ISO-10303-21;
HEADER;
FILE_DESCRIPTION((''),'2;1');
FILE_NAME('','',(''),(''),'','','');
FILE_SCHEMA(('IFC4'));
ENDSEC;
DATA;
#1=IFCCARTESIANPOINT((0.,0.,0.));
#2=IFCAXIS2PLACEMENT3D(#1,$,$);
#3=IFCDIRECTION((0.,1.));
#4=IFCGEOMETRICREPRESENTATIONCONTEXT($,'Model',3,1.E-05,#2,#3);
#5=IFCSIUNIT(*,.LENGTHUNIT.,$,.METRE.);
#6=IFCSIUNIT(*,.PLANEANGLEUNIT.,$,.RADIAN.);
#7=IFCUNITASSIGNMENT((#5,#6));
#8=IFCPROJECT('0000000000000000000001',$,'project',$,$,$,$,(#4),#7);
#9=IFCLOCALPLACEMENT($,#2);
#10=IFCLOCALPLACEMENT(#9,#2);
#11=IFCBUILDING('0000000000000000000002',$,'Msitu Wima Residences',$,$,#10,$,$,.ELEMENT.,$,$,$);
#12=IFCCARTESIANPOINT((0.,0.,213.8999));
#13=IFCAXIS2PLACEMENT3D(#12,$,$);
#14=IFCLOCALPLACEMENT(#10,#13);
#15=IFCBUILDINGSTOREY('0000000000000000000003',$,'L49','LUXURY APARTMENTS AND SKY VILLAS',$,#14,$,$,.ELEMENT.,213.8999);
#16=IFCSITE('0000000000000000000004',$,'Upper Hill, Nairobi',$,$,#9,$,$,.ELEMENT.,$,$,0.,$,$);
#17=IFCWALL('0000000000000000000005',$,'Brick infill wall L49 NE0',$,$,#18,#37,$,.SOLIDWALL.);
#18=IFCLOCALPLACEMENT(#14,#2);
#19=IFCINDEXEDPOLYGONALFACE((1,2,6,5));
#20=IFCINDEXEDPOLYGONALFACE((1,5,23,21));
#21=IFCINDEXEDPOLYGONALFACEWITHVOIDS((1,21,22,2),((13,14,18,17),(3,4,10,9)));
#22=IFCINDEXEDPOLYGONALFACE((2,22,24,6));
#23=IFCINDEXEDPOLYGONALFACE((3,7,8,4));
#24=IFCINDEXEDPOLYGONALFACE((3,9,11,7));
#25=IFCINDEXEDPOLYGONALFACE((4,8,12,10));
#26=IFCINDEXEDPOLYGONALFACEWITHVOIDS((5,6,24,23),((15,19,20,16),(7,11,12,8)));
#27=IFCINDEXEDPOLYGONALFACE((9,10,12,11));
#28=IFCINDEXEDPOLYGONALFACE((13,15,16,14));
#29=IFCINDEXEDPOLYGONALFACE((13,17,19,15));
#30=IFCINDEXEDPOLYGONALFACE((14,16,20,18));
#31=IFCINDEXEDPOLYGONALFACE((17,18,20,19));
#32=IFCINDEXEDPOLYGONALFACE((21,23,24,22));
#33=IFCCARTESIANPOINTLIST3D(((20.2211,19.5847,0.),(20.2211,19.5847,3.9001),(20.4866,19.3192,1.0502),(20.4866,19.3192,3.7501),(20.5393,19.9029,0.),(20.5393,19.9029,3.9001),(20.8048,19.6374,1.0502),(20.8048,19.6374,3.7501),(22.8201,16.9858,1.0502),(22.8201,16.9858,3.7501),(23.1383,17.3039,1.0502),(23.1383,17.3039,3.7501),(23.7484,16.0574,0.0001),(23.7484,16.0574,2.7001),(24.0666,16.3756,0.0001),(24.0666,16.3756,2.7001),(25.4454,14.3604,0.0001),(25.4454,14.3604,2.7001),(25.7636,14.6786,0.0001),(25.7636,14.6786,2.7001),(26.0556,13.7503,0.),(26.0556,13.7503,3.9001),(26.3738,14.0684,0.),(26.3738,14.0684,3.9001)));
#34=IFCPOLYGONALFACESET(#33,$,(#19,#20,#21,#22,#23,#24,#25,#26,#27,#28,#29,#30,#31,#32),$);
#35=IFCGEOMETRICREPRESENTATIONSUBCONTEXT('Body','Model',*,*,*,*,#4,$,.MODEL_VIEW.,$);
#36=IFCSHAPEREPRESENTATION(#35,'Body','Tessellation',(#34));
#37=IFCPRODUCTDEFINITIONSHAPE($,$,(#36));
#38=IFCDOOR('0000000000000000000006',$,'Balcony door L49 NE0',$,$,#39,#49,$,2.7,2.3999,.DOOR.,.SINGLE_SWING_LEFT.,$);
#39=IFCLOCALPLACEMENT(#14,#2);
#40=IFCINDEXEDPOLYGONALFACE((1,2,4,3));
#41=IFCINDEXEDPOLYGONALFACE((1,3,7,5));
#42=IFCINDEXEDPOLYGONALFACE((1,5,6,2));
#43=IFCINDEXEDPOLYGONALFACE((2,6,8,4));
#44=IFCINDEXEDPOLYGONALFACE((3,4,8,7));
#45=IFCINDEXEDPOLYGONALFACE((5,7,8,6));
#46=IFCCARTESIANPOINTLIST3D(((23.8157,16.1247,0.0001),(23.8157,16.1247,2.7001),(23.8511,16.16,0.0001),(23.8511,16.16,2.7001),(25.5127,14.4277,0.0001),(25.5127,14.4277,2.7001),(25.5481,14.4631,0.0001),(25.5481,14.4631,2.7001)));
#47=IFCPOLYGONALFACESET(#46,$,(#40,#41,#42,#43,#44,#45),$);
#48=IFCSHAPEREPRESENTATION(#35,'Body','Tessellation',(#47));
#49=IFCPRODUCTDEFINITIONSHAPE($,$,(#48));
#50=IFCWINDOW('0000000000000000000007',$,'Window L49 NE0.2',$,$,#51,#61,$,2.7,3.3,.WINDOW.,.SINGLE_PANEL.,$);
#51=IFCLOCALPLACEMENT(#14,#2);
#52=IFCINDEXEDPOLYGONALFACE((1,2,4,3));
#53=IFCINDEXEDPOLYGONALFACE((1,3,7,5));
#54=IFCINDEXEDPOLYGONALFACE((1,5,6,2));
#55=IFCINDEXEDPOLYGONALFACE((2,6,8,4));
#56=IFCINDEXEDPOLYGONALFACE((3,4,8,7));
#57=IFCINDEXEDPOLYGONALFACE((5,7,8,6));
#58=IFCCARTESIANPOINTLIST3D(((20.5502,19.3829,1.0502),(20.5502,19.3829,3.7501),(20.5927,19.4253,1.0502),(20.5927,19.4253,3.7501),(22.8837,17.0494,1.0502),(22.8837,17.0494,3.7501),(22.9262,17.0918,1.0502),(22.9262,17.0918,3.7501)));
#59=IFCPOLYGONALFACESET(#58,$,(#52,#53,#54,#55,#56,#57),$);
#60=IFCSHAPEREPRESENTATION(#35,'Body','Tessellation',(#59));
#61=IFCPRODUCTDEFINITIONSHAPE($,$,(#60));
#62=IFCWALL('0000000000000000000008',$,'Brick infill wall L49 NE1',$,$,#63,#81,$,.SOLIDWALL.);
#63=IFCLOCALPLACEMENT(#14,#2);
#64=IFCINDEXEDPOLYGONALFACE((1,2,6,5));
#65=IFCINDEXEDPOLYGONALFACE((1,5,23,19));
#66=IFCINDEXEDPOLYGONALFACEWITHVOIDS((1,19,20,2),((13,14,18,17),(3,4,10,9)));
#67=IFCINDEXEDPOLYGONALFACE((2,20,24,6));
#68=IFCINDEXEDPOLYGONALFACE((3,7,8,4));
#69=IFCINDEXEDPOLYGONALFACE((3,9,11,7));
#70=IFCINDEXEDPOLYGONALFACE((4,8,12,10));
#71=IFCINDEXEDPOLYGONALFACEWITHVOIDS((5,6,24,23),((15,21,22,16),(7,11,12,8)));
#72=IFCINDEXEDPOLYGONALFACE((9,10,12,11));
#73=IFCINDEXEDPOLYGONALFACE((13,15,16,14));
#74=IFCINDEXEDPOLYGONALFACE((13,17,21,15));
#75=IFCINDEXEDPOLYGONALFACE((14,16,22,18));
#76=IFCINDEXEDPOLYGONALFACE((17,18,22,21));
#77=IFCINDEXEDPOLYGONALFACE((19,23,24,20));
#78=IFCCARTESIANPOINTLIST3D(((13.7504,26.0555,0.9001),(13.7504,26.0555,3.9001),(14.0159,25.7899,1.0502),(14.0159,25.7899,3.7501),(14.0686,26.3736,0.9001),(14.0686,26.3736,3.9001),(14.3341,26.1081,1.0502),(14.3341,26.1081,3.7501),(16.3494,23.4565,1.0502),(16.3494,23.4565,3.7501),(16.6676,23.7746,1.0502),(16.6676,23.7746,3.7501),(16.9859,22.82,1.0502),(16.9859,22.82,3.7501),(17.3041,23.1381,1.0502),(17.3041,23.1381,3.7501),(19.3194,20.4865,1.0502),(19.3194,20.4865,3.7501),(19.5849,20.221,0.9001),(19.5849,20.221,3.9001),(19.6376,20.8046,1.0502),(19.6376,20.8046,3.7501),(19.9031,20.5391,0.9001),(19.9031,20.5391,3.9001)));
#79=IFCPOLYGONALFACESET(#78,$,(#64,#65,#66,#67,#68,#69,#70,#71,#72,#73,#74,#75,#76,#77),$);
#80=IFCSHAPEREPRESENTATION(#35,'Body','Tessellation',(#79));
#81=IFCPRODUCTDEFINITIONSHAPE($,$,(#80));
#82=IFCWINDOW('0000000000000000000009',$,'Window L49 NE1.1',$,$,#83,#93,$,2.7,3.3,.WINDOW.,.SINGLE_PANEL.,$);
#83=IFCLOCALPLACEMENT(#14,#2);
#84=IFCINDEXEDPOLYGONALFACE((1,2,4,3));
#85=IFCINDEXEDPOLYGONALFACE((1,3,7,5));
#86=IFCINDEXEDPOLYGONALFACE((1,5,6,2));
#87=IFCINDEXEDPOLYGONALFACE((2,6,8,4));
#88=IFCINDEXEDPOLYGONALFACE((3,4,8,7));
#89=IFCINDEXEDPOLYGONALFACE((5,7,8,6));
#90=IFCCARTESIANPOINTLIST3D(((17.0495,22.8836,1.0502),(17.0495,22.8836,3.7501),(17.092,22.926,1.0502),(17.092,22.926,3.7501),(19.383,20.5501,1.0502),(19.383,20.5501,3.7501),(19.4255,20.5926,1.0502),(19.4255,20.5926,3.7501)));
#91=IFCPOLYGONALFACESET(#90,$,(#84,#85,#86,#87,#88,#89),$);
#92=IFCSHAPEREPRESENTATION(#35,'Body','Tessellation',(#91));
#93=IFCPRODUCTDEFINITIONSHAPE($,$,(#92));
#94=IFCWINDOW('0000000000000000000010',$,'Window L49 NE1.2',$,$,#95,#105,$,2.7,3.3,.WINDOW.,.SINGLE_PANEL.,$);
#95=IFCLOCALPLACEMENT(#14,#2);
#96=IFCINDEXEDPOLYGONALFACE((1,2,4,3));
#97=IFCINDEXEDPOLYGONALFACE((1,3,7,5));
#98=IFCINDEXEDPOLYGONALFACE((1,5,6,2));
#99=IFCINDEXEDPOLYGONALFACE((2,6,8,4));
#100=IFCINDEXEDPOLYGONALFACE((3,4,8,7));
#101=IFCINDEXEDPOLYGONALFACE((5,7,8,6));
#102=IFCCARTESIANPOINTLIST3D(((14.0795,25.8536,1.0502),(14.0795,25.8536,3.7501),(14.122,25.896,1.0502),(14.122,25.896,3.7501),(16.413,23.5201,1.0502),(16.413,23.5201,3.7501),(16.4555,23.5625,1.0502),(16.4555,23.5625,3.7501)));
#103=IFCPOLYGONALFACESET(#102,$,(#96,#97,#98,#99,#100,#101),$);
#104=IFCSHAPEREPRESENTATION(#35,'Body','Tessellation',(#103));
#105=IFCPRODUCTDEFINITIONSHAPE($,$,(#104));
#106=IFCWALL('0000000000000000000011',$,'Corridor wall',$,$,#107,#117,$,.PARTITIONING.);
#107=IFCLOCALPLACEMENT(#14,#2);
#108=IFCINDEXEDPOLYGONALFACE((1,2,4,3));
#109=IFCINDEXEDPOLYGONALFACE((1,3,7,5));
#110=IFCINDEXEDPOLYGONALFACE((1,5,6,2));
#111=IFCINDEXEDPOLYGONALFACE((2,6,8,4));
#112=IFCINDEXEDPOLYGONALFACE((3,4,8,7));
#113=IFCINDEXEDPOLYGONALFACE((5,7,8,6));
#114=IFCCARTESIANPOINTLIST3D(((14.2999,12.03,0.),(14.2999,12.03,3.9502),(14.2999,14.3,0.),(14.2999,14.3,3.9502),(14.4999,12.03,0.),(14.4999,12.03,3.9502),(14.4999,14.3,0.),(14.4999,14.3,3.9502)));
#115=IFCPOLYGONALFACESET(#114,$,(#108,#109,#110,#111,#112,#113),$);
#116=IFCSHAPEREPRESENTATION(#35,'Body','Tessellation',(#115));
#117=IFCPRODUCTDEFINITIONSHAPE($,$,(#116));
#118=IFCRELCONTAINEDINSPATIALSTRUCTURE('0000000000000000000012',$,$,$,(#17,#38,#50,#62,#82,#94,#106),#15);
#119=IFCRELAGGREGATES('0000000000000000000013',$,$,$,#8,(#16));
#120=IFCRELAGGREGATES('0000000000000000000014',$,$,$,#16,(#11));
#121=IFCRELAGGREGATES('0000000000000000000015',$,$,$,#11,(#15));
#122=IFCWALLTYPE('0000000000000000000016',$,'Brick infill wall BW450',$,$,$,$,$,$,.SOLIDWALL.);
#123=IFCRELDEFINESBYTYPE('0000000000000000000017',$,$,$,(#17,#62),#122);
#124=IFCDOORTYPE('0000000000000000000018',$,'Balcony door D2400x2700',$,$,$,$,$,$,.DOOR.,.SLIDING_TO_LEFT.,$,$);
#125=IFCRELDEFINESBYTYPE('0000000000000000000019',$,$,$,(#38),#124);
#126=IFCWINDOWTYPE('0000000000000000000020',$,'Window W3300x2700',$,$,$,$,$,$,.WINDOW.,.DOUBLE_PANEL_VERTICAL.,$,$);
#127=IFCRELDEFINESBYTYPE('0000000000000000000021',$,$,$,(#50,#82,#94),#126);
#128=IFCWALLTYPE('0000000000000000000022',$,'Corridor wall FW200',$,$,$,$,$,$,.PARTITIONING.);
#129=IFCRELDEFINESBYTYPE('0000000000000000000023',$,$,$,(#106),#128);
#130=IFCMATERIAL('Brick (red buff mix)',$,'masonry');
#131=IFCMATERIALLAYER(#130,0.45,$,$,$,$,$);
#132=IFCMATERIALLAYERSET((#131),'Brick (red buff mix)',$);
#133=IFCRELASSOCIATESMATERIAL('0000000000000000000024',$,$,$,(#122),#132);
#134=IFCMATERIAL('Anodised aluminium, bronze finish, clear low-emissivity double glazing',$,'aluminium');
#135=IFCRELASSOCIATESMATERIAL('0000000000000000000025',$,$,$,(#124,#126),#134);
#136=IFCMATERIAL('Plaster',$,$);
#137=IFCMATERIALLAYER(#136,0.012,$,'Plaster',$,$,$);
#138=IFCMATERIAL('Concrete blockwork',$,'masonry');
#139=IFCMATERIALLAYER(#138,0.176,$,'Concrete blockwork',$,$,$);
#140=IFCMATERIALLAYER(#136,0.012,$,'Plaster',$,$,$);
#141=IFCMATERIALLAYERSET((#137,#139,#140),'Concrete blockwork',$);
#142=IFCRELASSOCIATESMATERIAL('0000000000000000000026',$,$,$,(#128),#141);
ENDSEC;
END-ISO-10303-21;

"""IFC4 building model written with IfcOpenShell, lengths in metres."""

from ifc_helpers import new_model, si_unit, direction, frame, frame_2d, origin, place, context, subcontext, project, spatial, rectangle, extrude, material, layer, layer_set, type_object, element, fill, save


model = new_model("IFC4")

# Units and contexts
model_context = context("Model", 3, precision=1e-05, world=origin(), true_north=direction((0.0, 1.0)))
body_context = subcontext(model_context, "Body", "Model", "MODEL_VIEW")
ifc_project = project(units=[si_unit("LENGTHUNIT", "METRE"), si_unit("PLANEANGLEUNIT", "RADIAN")], contexts=[model_context])

# Site, building, storey
site_placement = place(None, origin())
site = spatial("IfcSite", under=ifc_project, at=site_placement, Name="Upper Hill, Nairobi", CompositionType="ELEMENT", RefElevation=0.0)
building_placement = place(site_placement, origin())
building = spatial("IfcBuilding", under=site, at=building_placement, Name="Msitu Wima Residences", CompositionType="ELEMENT")
storey_placement = place(building_placement, frame((0.0, 0.0, 213.8999)))
storey = spatial("IfcBuildingStorey", under=building, at=storey_placement, Name="L49", Description="LUXURY APARTMENTS AND SKY VILLAS", CompositionType="ELEMENT", Elevation=213.8999)

# Wall, openings, door, window
ifc_material_1 = material(Name="Brick (red buff mix)", Category="masonry")
ifc_layer_1 = layer(ifc_material_1, 0.45)
ifc_layer_set_1 = layer_set([ifc_layer_1], Name="Brick (red buff mix)")
wall_type_1 = type_object("IfcWallType", Name="Brick infill wall BW450", PredefinedType="SOLIDWALL", material=ifc_layer_set_1)
wall_1_placement = place(storey_placement, frame((26.2146, 13.9094, 0.0), z_axis=(0.0, 0.0, 1.0), x_axis=(-0.707107, 0.707107, 0.0)))
wall_1 = element("IfcWall", 1, at=wall_1_placement, inside=storey, type_object=wall_type_1, Name="Brick infill wall L49 NE0", PredefinedType="SOLIDWALL", context=body_context, shape_type="SweptSolid", body=[
    extrude(rectangle(XDim=8.2512, YDim=0.45, at=frame_2d((4.1255, 0.0))), origin(), (0.0, 0.0, 1.0), 3.9001),
])
opening_1_placement = place(wall_1_placement, frame((0.8628, 0.0, 0.0)))
opening_1 = element("IfcOpeningElement", 2, at=opening_1_placement, cuts=wall_1, PredefinedType="OPENING", context=body_context, shape_type="SweptSolid", body=[
    extrude(rectangle(XDim=2.3999, YDim=2.7, at=frame_2d((1.2, 1.3501))), frame((0.0, 0.2349, 0.0), z_axis=(0.0, -1.0, 0.0), x_axis=(1.0, 0.0, 0.0)), (0.0, 0.0, 1.0), 0.47),
])
opening_2_placement = place(wall_1_placement, frame((4.5757, 0.0, 1.05)))
opening_2 = element("IfcOpeningElement", 3, at=opening_2_placement, cuts=wall_1, PredefinedType="OPENING", context=body_context, shape_type="SweptSolid", body=[
    extrude(rectangle(XDim=3.3, YDim=2.7, at=frame_2d((1.6499, 1.3501))), frame((0.0, 0.2349, 0.0), z_axis=(0.0, -1.0, 0.0), x_axis=(1.0, 0.0, 0.0)), (0.0, 0.0, 1.0), 0.47),
])
ifc_material_2 = material(Name="Anodised aluminium, bronze finish, clear low-emissivity double glazing", Category="aluminium")
door_type_1 = type_object("IfcDoorType", Name="Balcony door D2400x2700", OperationType="SLIDING_TO_LEFT", PredefinedType="DOOR", material=ifc_material_2)
door_1_placement = place(opening_1_placement, origin())
door_1 = element("IfcDoor", 4, at=door_1_placement, inside=storey, type_object=door_type_1, Name="Balcony door L49 NE0", OperationType="SINGLE_SWING_LEFT", OverallHeight=2.7, OverallWidth=2.3999, PredefinedType="DOOR", context=body_context, shape_type="SweptSolid", body=[
    extrude(rectangle(XDim=2.3999, YDim=2.7, at=frame_2d((1.2, 1.3501))), frame((0.0, 0.1299, 0.0), z_axis=(0.0, -1.0, 0.0), x_axis=(1.0, 0.0, 0.0)), (0.0, 0.0, 1.0), 0.05),
])
fill(opening_1, door_1)
window_type = type_object("IfcWindowType", Name="Window W3300x2700", PartitioningType="DOUBLE_PANEL_VERTICAL", PredefinedType="WINDOW", material=ifc_material_2)
window_1_placement = place(opening_2_placement, origin())
window_1 = element("IfcWindow", 5, at=window_1_placement, inside=storey, type_object=window_type, Name="Window L49 NE0.2", OverallHeight=2.7, OverallWidth=3.3, PartitioningType="SINGLE_PANEL", PredefinedType="WINDOW", context=body_context, shape_type="SweptSolid", body=[
    extrude(rectangle(XDim=3.3, YDim=2.7, at=frame_2d((1.6499, 1.3501))), frame((0.0, 0.135, 0.0), z_axis=(0.0, -1.0, 0.0), x_axis=(1.0, 0.0, 0.0)), (0.0, 0.0, 1.0), 0.0601),
])
fill(opening_2, window_1)

# Wall, openings, windows
wall_2_placement = place(storey_placement, frame((19.7439, 20.3801, 0.9001), z_axis=(0.0, 0.0, 1.0), x_axis=(-0.707107, 0.707107, 0.0)))
wall_2 = element("IfcWall", 6, at=wall_2_placement, inside=storey, type_object=wall_type_1, Name="Brick infill wall L49 NE1", PredefinedType="SOLIDWALL", context=body_context, shape_type="SweptSolid", body=[
    extrude(rectangle(XDim=8.2512, YDim=0.45, at=frame_2d((4.1255, 0.0))), origin(), (0.0, 0.0, 1.0), 3.0),
])
opening_3_placement = place(wall_2_placement, frame((0.3755, 0.0, 0.1499)))
opening_3 = element("IfcOpeningElement", 7, at=opening_3_placement, cuts=wall_2, PredefinedType="OPENING", context=body_context, shape_type="SweptSolid", body=[
    extrude(rectangle(XDim=3.3, YDim=2.7, at=frame_2d((1.6499, 1.3501))), frame((0.0, 0.2349, 0.0), z_axis=(0.0, -1.0, 0.0), x_axis=(1.0, 0.0, 0.0)), (0.0, 0.0, 1.0), 0.47),
])
opening_4_placement = place(wall_2_placement, frame((4.5757, 0.0, 0.1499)))
opening_4 = element("IfcOpeningElement", 8, at=opening_4_placement, cuts=wall_2, PredefinedType="OPENING", context=body_context, shape_type="SweptSolid", body=[
    extrude(rectangle(XDim=3.3, YDim=2.7, at=frame_2d((1.6499, 1.3501))), frame((0.0, 0.2349, 0.0), z_axis=(0.0, -1.0, 0.0), x_axis=(1.0, 0.0, 0.0)), (0.0, 0.0, 1.0), 0.47),
])
window_2_placement = place(opening_3_placement, origin())
window_2 = element("IfcWindow", 9, at=window_2_placement, inside=storey, type_object=window_type, Name="Window L49 NE1.1", OverallHeight=2.7, OverallWidth=3.3, PartitioningType="SINGLE_PANEL", PredefinedType="WINDOW", context=body_context, shape_type="SweptSolid", body=[
    extrude(rectangle(XDim=3.3, YDim=2.7, at=frame_2d((1.6499, 1.3501))), frame((0.0, 0.135, 0.0), z_axis=(0.0, -1.0, 0.0), x_axis=(1.0, 0.0, 0.0)), (0.0, 0.0, 1.0), 0.0601),
])
fill(opening_3, window_2)
window_3_placement = place(opening_4_placement, origin())
window_3 = element("IfcWindow", 10, at=window_3_placement, inside=storey, type_object=window_type, Name="Window L49 NE1.2", OverallHeight=2.7, OverallWidth=3.3, PartitioningType="SINGLE_PANEL", PredefinedType="WINDOW", context=body_context, shape_type="SweptSolid", body=[
    extrude(rectangle(XDim=3.3, YDim=2.7, at=frame_2d((1.6499, 1.3501))), frame((0.0, 0.135, 0.0), z_axis=(0.0, -1.0, 0.0), x_axis=(1.0, 0.0, 0.0)), (0.0, 0.0, 1.0), 0.0601),
])
fill(opening_4, window_3)

# Wall
ifc_material_3 = material(Name="Plaster")
ifc_layer_2 = layer(ifc_material_3, 0.012, Name="Plaster")
ifc_material_4 = material(Name="Concrete blockwork", Category="masonry")
ifc_layer_3 = layer(ifc_material_4, 0.176, Name="Concrete blockwork")
ifc_layer_4 = layer(ifc_material_3, 0.012, Name="Plaster")
ifc_layer_set_2 = layer_set([ifc_layer_2, ifc_layer_3, ifc_layer_4], Name="Concrete blockwork")
wall_type_2 = type_object("IfcWallType", Name="Corridor wall FW200", PredefinedType="PARTITIONING", material=ifc_layer_set_2)
wall_3_placement = place(storey_placement, frame((14.3999, 12.03, 0.0), z_axis=(0.0, 0.0, 1.0), x_axis=(0.0, 1.0, 0.0)))
element("IfcWall", 11, at=wall_3_placement, inside=storey, type_object=wall_type_2, Name="Corridor wall", PredefinedType="PARTITIONING", context=body_context, shape_type="SweptSolid", body=[
    extrude(rectangle(XDim=2.27, YDim=0.2, at=frame_2d((1.135, 0.0))), origin(), (0.0, 0.0, 1.0), 3.9502),
])

save(model, "model.ifc")
